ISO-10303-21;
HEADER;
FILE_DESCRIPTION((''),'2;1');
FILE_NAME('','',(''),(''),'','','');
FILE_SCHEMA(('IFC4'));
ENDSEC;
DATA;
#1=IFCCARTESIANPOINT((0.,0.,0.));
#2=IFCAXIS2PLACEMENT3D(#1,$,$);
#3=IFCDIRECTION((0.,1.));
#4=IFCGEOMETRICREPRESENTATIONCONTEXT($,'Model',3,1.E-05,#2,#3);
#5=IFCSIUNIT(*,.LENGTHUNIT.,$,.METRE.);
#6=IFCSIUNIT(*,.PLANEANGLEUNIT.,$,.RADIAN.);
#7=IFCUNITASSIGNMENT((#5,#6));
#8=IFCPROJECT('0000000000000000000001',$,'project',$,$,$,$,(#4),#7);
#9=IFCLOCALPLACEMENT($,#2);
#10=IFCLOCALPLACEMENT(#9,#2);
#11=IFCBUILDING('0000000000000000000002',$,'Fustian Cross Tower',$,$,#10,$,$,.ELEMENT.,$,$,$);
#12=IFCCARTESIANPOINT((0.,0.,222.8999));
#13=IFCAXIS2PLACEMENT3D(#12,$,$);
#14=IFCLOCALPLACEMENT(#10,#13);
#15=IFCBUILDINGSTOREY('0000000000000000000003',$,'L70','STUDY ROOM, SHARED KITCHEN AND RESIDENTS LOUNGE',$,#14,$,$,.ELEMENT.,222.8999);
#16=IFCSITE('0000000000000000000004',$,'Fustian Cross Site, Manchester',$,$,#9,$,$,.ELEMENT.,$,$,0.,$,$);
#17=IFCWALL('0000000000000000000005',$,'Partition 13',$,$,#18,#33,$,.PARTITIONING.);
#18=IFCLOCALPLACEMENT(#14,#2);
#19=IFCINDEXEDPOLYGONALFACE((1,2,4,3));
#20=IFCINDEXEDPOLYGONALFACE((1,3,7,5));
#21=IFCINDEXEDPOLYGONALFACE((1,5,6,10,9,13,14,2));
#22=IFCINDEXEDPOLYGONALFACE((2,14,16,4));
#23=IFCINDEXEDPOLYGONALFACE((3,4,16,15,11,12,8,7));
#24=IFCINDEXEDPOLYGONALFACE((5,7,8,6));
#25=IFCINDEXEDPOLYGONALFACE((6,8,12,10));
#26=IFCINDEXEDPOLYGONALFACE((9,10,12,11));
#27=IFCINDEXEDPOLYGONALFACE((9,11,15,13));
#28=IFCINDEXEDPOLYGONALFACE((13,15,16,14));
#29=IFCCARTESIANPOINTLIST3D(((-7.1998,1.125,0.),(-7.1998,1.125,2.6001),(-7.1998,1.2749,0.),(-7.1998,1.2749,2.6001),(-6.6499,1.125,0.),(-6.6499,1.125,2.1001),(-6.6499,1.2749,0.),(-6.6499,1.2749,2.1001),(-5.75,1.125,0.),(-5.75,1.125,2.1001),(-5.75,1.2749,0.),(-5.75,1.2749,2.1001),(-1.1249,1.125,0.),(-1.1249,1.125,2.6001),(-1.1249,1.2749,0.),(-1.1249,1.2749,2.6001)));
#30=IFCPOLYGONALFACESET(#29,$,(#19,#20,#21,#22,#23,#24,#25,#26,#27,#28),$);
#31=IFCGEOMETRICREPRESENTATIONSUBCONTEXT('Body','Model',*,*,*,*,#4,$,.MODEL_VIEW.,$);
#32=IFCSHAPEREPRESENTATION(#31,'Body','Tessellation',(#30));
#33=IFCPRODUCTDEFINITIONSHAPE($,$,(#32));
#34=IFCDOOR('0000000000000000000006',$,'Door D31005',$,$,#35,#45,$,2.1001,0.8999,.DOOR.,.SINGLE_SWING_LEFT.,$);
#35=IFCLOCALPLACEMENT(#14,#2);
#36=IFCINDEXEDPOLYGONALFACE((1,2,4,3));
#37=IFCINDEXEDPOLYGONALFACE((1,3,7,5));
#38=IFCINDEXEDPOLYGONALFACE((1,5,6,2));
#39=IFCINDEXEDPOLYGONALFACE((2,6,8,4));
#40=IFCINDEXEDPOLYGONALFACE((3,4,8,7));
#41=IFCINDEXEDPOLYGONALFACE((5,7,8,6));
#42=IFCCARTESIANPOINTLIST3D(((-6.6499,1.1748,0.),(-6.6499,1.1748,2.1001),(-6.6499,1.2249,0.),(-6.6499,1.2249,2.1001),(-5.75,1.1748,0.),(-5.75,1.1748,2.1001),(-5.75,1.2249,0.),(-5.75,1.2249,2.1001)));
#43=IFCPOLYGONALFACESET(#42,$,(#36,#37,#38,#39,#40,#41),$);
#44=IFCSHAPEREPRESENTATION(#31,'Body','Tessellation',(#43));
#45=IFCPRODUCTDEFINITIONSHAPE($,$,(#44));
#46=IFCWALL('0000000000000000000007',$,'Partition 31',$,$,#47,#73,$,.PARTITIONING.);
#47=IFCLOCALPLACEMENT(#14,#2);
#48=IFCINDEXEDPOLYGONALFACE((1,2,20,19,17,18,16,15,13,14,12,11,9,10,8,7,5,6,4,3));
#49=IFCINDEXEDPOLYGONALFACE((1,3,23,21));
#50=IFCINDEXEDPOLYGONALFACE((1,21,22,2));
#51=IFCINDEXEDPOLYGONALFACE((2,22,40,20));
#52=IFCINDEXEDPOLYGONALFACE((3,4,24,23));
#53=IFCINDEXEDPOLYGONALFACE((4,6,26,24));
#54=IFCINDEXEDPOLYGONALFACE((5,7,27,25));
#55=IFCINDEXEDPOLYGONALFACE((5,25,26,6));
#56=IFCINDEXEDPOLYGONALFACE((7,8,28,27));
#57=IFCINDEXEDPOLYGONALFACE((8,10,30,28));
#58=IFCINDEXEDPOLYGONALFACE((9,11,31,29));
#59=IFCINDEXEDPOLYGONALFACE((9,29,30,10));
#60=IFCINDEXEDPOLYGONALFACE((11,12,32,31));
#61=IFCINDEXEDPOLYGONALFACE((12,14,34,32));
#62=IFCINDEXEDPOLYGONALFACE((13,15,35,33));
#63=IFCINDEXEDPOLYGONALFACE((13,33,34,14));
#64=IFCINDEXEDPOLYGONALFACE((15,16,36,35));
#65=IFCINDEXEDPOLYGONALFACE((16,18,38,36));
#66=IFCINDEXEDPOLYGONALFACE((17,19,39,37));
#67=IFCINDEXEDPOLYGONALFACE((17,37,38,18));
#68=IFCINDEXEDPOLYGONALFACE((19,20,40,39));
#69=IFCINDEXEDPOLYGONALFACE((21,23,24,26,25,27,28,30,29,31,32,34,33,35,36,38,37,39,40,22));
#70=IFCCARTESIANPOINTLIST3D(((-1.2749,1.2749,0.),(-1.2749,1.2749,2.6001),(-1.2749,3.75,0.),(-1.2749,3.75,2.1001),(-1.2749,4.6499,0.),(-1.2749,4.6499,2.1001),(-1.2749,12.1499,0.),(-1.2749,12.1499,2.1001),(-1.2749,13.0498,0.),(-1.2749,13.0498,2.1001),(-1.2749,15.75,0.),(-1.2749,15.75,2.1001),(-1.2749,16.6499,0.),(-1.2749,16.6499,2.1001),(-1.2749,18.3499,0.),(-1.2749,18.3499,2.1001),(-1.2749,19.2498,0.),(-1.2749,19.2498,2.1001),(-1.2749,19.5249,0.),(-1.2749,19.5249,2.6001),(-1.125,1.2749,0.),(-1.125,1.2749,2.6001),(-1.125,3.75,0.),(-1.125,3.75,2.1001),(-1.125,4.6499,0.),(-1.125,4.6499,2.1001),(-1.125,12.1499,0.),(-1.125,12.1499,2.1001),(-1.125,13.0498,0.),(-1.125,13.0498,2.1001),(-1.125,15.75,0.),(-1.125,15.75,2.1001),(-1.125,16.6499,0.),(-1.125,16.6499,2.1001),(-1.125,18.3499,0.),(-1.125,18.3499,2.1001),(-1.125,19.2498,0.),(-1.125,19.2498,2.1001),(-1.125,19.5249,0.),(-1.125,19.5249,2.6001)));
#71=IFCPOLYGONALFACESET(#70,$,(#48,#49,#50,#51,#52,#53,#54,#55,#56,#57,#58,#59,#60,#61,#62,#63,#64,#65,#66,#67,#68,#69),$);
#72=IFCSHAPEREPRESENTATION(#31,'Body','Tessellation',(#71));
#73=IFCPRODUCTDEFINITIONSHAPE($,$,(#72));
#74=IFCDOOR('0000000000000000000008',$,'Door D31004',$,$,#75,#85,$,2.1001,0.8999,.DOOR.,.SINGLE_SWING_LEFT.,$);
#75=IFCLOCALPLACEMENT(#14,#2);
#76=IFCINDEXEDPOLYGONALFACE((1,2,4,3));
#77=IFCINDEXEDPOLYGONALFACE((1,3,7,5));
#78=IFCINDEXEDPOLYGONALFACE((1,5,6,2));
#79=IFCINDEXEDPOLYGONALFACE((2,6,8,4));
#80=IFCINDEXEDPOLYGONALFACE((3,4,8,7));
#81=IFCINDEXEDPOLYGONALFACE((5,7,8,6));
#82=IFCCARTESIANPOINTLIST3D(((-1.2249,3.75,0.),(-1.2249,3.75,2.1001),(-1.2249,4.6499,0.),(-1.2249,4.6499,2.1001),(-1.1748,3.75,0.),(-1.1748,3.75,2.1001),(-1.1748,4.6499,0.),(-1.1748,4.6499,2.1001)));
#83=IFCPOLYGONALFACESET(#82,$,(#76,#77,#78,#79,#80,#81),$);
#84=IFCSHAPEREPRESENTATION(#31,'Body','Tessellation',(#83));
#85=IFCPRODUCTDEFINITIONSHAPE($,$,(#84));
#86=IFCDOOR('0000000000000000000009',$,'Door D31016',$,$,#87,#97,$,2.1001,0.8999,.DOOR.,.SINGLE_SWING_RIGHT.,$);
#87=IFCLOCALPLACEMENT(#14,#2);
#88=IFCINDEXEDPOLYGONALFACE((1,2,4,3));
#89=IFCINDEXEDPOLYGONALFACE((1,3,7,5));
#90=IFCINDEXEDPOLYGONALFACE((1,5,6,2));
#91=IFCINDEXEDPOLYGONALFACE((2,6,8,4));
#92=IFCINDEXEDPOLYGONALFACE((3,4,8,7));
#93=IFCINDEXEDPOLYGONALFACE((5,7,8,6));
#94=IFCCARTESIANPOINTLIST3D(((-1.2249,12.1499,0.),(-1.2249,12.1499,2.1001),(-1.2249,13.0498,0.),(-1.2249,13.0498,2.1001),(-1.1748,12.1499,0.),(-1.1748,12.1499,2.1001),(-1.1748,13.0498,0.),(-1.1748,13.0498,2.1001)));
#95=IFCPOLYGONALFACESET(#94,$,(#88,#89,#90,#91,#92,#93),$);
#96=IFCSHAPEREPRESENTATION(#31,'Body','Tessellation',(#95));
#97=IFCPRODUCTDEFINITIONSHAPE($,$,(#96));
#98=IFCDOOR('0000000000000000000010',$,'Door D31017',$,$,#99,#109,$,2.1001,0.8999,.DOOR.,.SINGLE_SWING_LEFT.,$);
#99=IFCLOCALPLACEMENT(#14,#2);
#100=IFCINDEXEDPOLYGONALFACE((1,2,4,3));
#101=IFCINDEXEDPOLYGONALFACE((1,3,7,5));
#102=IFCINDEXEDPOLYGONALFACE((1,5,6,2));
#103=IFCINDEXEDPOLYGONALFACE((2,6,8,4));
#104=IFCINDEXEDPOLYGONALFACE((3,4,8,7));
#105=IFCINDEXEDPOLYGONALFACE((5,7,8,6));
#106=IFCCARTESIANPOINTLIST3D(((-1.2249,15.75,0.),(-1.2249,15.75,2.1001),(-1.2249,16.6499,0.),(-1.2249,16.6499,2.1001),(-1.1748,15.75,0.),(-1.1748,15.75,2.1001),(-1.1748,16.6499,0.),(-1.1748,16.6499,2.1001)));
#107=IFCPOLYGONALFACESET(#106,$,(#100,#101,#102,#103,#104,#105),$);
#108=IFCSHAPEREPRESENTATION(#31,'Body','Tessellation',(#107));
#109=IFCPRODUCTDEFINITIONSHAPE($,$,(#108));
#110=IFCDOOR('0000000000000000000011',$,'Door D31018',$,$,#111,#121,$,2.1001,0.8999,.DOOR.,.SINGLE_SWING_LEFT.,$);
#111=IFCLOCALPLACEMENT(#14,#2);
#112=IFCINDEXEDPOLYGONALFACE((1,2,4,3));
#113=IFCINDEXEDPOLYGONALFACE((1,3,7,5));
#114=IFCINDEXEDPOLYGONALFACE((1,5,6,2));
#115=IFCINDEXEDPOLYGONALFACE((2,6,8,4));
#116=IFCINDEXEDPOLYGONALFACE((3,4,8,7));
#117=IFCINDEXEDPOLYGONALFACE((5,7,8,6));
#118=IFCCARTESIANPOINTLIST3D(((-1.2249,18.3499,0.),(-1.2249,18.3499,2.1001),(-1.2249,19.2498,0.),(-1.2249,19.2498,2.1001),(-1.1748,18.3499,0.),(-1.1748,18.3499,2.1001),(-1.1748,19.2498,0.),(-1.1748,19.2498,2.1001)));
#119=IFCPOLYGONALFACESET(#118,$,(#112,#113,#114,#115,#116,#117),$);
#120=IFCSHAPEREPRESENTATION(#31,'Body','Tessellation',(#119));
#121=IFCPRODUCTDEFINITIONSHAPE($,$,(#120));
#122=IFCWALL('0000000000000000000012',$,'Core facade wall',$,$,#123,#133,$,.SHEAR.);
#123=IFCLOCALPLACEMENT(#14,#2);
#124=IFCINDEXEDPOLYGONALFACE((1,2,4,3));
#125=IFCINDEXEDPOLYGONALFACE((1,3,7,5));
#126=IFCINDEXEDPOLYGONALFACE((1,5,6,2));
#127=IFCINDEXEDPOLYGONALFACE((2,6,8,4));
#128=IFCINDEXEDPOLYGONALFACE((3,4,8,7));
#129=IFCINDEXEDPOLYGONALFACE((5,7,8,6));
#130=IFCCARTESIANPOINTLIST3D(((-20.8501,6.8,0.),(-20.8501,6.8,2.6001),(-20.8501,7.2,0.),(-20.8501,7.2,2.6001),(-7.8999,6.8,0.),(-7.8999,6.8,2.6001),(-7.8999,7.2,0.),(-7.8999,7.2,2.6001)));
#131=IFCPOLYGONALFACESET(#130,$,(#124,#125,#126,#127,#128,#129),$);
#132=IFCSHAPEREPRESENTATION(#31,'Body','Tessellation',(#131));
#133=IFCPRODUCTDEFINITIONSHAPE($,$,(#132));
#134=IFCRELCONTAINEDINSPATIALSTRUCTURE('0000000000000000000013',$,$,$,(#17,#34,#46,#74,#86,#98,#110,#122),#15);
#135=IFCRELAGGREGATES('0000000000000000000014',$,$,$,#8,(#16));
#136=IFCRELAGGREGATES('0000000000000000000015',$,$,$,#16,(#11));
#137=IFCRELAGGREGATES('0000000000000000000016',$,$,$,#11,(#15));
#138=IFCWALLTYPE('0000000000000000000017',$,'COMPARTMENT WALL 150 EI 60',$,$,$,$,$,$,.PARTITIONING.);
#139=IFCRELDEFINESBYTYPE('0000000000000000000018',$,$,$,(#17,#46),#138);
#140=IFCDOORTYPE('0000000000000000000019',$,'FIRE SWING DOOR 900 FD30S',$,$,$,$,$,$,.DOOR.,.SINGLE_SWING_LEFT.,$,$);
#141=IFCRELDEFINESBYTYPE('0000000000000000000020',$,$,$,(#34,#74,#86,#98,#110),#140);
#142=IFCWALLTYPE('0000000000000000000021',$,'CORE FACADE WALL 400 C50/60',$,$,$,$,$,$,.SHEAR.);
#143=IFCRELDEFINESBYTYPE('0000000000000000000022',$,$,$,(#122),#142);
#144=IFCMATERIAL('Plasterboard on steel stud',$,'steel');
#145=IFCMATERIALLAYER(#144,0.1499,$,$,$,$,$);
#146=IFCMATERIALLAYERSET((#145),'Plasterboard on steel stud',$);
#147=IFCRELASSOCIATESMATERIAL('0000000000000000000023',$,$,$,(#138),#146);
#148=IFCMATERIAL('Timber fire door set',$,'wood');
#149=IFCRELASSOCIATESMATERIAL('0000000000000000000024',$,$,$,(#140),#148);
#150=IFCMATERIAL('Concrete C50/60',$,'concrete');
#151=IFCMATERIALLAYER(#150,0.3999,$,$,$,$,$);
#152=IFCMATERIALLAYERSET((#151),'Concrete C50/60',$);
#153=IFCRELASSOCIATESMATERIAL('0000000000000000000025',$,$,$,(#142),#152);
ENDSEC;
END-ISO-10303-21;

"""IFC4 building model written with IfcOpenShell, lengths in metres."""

from ifc_helpers import new_model, si_unit, direction, frame, frame_2d, origin, place, context, subcontext, project, spatial, rectangle, extrude, material, layer, layer_set, type_object, element, fill, save


model = new_model("IFC4")

# Units and contexts
model_context = context("Model", 3, precision=1e-05, world=origin(), true_north=direction((0.0, 1.0)))
body_context = subcontext(model_context, "Body", "Model", "MODEL_VIEW")
ifc_project = project(units=[si_unit("LENGTHUNIT", "METRE"), si_unit("PLANEANGLEUNIT", "RADIAN")], contexts=[model_context])

# Site, building, storey
site_placement = place(None, origin())
site = spatial("IfcSite", under=ifc_project, at=site_placement, Name="Fustian Cross Site, Manchester", CompositionType="ELEMENT", RefElevation=0.0)
building_placement = place(site_placement, origin())
building = spatial("IfcBuilding", under=site, at=building_placement, Name="Fustian Cross Tower", CompositionType="ELEMENT")
storey_placement = place(building_placement, frame((0.0, 0.0, 222.8999)))
storey = spatial("IfcBuildingStorey", under=building, at=storey_placement, Name="L70", Description="STUDY ROOM, SHARED KITCHEN AND RESIDENTS LOUNGE", CompositionType="ELEMENT", Elevation=222.8999)

# Wall, opening, door
ifc_material_1 = material(Name="Plasterboard on steel stud", Category="steel")
ifc_layer_1 = layer(ifc_material_1, 0.1499)
ifc_layer_set_1 = layer_set([ifc_layer_1], Name="Plasterboard on steel stud")
wall_type_1 = type_object("IfcWallType", Name="COMPARTMENT WALL 150 EI 60", PredefinedType="PARTITIONING", material=ifc_layer_set_1)
ifc_material_2 = material(Name="Timber fire door set", Category="wood")
door_type_1 = type_object("IfcDoorType", Name="FIRE SWING DOOR 900 FD30S", OperationType="SINGLE_SWING_LEFT", PredefinedType="DOOR", material=ifc_material_2)
wall_1_placement = place(storey_placement, frame((-7.2, 1.2, 0.0), z_axis=(0.0, 0.0, 1.0), x_axis=(1.0, 0.0, 0.0)))
wall_1 = element("IfcWall", 1, at=wall_1_placement, inside=storey, type_object=wall_type_1, Name="Partition 13", PredefinedType="PARTITIONING", context=body_context, shape_type="SweptSolid", body=[
    extrude(rectangle(XDim=6.075, YDim=0.1499, at=frame_2d((3.0376, 0.0))), origin(), (0.0, 0.0, 1.0), 2.6001),
])
opening_1_placement = place(wall_1_placement, frame((0.55, 0.0, 0.0)))
opening_1 = element("IfcOpeningElement", 2, at=opening_1_placement, cuts=wall_1, PredefinedType="OPENING", context=body_context, shape_type="SweptSolid", body=[
    extrude(rectangle(XDim=0.8999, YDim=2.1001, at=frame_2d((0.45, 1.05))), frame((0.0, 0.085, 0.0), z_axis=(0.0, -1.0, 0.0), x_axis=(1.0, 0.0, 0.0)), (0.0, 0.0, 1.0), 0.1699),
])
door_1_placement = place(opening_1_placement, origin())
door_1 = element("IfcDoor", 3, at=door_1_placement, inside=storey, type_object=door_type_1, Name="Door D31005", OperationType="SINGLE_SWING_LEFT", OverallHeight=2.1001, OverallWidth=0.8999, PredefinedType="DOOR", context=body_context, shape_type="SweptSolid", body=[
    extrude(rectangle(XDim=0.8999, YDim=2.1001, at=frame_2d((0.45, 1.05))), frame((0.0, 0.0249, 0.0), z_axis=(0.0, -1.0, 0.0), x_axis=(1.0, 0.0, 0.0)), (0.0, 0.0, 1.0), 0.05),
])
fill(opening_1, door_1)

# Wall, openings, doors
wall_2_placement = place(storey_placement, frame((-1.2, 1.2749, 0.0), z_axis=(0.0, 0.0, 1.0), x_axis=(0.0, 1.0, 0.0)))
wall_2 = element("IfcWall", 4, at=wall_2_placement, inside=storey, type_object=wall_type_1, Name="Partition 31", PredefinedType="PARTITIONING", context=body_context, shape_type="SweptSolid", body=[
    extrude(rectangle(XDim=18.25, YDim=0.1499, at=frame_2d((9.125, 0.0))), origin(), (0.0, 0.0, 1.0), 2.6001),
])
opening_2_placement = place(wall_2_placement, frame((2.4751, 0.0, 0.0)))
opening_2 = element("IfcOpeningElement", 5, at=opening_2_placement, cuts=wall_2, PredefinedType="OPENING", context=body_context, shape_type="SweptSolid", body=[
    extrude(rectangle(XDim=0.8999, YDim=2.1001, at=frame_2d((0.45, 1.05))), frame((0.0, 0.085, 0.0), z_axis=(0.0, -1.0, 0.0), x_axis=(1.0, 0.0, 0.0)), (0.0, 0.0, 1.0), 0.1699),
])
opening_3_placement = place(wall_2_placement, frame((10.875, 0.0, 0.0)))
opening_3 = element("IfcOpeningElement", 6, at=opening_3_placement, cuts=wall_2, PredefinedType="OPENING", context=body_context, shape_type="SweptSolid", body=[
    extrude(rectangle(XDim=0.8999, YDim=2.1001, at=frame_2d((0.45, 1.05))), frame((0.0, 0.085, 0.0), z_axis=(0.0, -1.0, 0.0), x_axis=(1.0, 0.0, 0.0)), (0.0, 0.0, 1.0), 0.1699),
])
opening_4_placement = place(wall_2_placement, frame((14.4751, 0.0, 0.0)))
opening_4 = element("IfcOpeningElement", 7, at=opening_4_placement, cuts=wall_2, PredefinedType="OPENING", context=body_context, shape_type="SweptSolid", body=[
    extrude(rectangle(XDim=0.8999, YDim=2.1001, at=frame_2d((0.45, 1.05))), frame((0.0, 0.085, 0.0), z_axis=(0.0, -1.0, 0.0), x_axis=(1.0, 0.0, 0.0)), (0.0, 0.0, 1.0), 0.1699),
])
opening_5_placement = place(wall_2_placement, frame((17.075, 0.0, 0.0)))
opening_5 = element("IfcOpeningElement", 8, at=opening_5_placement, cuts=wall_2, PredefinedType="OPENING", context=body_context, shape_type="SweptSolid", body=[
    extrude(rectangle(XDim=0.8999, YDim=2.1001, at=frame_2d((0.45, 1.05))), frame((0.0, 0.085, 0.0), z_axis=(0.0, -1.0, 0.0), x_axis=(1.0, 0.0, 0.0)), (0.0, 0.0, 1.0), 0.1699),
])
door_2_placement = place(opening_2_placement, origin())
door_2 = element("IfcDoor", 9, at=door_2_placement, inside=storey, type_object=door_type_1, Name="Door D31004", OperationType="SINGLE_SWING_LEFT", OverallHeight=2.1001, OverallWidth=0.8999, PredefinedType="DOOR", context=body_context, shape_type="SweptSolid", body=[
    extrude(rectangle(XDim=0.8999, YDim=2.1001, at=frame_2d((0.45, 1.05))), frame((0.0, 0.0249, 0.0), z_axis=(0.0, -1.0, 0.0), x_axis=(1.0, 0.0, 0.0)), (0.0, 0.0, 1.0), 0.05),
])
fill(opening_2, door_2)
door_3_placement = place(opening_3_placement, origin())
door_3 = element("IfcDoor", 10, at=door_3_placement, inside=storey, type_object=door_type_1, Name="Door D31016", OperationType="SINGLE_SWING_RIGHT", OverallHeight=2.1001, OverallWidth=0.8999, PredefinedType="DOOR", context=body_context, shape_type="SweptSolid", body=[
    extrude(rectangle(XDim=0.8999, YDim=2.1001, at=frame_2d((0.45, 1.05))), frame((0.0, 0.0249, 0.0), z_axis=(0.0, -1.0, 0.0), x_axis=(1.0, 0.0, 0.0)), (0.0, 0.0, 1.0), 0.05),
])
fill(opening_3, door_3)
door_4_placement = place(opening_4_placement, origin())
door_4 = element("IfcDoor", 11, at=door_4_placement, inside=storey, type_object=door_type_1, Name="Door D31017", OperationType="SINGLE_SWING_LEFT", OverallHeight=2.1001, OverallWidth=0.8999, PredefinedType="DOOR", context=body_context, shape_type="SweptSolid", body=[
    extrude(rectangle(XDim=0.8999, YDim=2.1001, at=frame_2d((0.45, 1.05))), frame((0.0, 0.0249, 0.0), z_axis=(0.0, -1.0, 0.0), x_axis=(1.0, 0.0, 0.0)), (0.0, 0.0, 1.0), 0.05),
])
fill(opening_4, door_4)
door_5_placement = place(opening_5_placement, origin())
door_5 = element("IfcDoor", 12, at=door_5_placement, inside=storey, type_object=door_type_1, Name="Door D31018", OperationType="SINGLE_SWING_LEFT", OverallHeight=2.1001, OverallWidth=0.8999, PredefinedType="DOOR", context=body_context, shape_type="SweptSolid", body=[
    extrude(rectangle(XDim=0.8999, YDim=2.1001, at=frame_2d((0.45, 1.05))), frame((0.0, 0.0249, 0.0), z_axis=(0.0, -1.0, 0.0), x_axis=(1.0, 0.0, 0.0)), (0.0, 0.0, 1.0), 0.05),
])
fill(opening_5, door_5)

# Wall
ifc_material_3 = material(Name="Concrete C50/60", Category="concrete")
ifc_layer_2 = layer(ifc_material_3, 0.3999)
ifc_layer_set_2 = layer_set([ifc_layer_2], Name="Concrete C50/60")
wall_type_2 = type_object("IfcWallType", Name="CORE FACADE WALL 400 C50/60", PredefinedType="SHEAR", material=ifc_layer_set_2)
wall_3_placement = place(storey_placement, frame((-7.8999, 7.0, 0.0), z_axis=(0.0, 0.0, 1.0), x_axis=(-1.0, 0.0, 0.0)))
element("IfcWall", 13, at=wall_3_placement, inside=storey, type_object=wall_type_2, Name="Core facade wall", PredefinedType="SHEAR", context=body_context, shape_type="SweptSolid", body=[
    extrude(rectangle(XDim=12.9502, YDim=0.3999, at=frame_2d((6.4751, 0.0))), origin(), (0.0, 0.0, 1.0), 2.6001),
])

save(model, "model.ifc")
